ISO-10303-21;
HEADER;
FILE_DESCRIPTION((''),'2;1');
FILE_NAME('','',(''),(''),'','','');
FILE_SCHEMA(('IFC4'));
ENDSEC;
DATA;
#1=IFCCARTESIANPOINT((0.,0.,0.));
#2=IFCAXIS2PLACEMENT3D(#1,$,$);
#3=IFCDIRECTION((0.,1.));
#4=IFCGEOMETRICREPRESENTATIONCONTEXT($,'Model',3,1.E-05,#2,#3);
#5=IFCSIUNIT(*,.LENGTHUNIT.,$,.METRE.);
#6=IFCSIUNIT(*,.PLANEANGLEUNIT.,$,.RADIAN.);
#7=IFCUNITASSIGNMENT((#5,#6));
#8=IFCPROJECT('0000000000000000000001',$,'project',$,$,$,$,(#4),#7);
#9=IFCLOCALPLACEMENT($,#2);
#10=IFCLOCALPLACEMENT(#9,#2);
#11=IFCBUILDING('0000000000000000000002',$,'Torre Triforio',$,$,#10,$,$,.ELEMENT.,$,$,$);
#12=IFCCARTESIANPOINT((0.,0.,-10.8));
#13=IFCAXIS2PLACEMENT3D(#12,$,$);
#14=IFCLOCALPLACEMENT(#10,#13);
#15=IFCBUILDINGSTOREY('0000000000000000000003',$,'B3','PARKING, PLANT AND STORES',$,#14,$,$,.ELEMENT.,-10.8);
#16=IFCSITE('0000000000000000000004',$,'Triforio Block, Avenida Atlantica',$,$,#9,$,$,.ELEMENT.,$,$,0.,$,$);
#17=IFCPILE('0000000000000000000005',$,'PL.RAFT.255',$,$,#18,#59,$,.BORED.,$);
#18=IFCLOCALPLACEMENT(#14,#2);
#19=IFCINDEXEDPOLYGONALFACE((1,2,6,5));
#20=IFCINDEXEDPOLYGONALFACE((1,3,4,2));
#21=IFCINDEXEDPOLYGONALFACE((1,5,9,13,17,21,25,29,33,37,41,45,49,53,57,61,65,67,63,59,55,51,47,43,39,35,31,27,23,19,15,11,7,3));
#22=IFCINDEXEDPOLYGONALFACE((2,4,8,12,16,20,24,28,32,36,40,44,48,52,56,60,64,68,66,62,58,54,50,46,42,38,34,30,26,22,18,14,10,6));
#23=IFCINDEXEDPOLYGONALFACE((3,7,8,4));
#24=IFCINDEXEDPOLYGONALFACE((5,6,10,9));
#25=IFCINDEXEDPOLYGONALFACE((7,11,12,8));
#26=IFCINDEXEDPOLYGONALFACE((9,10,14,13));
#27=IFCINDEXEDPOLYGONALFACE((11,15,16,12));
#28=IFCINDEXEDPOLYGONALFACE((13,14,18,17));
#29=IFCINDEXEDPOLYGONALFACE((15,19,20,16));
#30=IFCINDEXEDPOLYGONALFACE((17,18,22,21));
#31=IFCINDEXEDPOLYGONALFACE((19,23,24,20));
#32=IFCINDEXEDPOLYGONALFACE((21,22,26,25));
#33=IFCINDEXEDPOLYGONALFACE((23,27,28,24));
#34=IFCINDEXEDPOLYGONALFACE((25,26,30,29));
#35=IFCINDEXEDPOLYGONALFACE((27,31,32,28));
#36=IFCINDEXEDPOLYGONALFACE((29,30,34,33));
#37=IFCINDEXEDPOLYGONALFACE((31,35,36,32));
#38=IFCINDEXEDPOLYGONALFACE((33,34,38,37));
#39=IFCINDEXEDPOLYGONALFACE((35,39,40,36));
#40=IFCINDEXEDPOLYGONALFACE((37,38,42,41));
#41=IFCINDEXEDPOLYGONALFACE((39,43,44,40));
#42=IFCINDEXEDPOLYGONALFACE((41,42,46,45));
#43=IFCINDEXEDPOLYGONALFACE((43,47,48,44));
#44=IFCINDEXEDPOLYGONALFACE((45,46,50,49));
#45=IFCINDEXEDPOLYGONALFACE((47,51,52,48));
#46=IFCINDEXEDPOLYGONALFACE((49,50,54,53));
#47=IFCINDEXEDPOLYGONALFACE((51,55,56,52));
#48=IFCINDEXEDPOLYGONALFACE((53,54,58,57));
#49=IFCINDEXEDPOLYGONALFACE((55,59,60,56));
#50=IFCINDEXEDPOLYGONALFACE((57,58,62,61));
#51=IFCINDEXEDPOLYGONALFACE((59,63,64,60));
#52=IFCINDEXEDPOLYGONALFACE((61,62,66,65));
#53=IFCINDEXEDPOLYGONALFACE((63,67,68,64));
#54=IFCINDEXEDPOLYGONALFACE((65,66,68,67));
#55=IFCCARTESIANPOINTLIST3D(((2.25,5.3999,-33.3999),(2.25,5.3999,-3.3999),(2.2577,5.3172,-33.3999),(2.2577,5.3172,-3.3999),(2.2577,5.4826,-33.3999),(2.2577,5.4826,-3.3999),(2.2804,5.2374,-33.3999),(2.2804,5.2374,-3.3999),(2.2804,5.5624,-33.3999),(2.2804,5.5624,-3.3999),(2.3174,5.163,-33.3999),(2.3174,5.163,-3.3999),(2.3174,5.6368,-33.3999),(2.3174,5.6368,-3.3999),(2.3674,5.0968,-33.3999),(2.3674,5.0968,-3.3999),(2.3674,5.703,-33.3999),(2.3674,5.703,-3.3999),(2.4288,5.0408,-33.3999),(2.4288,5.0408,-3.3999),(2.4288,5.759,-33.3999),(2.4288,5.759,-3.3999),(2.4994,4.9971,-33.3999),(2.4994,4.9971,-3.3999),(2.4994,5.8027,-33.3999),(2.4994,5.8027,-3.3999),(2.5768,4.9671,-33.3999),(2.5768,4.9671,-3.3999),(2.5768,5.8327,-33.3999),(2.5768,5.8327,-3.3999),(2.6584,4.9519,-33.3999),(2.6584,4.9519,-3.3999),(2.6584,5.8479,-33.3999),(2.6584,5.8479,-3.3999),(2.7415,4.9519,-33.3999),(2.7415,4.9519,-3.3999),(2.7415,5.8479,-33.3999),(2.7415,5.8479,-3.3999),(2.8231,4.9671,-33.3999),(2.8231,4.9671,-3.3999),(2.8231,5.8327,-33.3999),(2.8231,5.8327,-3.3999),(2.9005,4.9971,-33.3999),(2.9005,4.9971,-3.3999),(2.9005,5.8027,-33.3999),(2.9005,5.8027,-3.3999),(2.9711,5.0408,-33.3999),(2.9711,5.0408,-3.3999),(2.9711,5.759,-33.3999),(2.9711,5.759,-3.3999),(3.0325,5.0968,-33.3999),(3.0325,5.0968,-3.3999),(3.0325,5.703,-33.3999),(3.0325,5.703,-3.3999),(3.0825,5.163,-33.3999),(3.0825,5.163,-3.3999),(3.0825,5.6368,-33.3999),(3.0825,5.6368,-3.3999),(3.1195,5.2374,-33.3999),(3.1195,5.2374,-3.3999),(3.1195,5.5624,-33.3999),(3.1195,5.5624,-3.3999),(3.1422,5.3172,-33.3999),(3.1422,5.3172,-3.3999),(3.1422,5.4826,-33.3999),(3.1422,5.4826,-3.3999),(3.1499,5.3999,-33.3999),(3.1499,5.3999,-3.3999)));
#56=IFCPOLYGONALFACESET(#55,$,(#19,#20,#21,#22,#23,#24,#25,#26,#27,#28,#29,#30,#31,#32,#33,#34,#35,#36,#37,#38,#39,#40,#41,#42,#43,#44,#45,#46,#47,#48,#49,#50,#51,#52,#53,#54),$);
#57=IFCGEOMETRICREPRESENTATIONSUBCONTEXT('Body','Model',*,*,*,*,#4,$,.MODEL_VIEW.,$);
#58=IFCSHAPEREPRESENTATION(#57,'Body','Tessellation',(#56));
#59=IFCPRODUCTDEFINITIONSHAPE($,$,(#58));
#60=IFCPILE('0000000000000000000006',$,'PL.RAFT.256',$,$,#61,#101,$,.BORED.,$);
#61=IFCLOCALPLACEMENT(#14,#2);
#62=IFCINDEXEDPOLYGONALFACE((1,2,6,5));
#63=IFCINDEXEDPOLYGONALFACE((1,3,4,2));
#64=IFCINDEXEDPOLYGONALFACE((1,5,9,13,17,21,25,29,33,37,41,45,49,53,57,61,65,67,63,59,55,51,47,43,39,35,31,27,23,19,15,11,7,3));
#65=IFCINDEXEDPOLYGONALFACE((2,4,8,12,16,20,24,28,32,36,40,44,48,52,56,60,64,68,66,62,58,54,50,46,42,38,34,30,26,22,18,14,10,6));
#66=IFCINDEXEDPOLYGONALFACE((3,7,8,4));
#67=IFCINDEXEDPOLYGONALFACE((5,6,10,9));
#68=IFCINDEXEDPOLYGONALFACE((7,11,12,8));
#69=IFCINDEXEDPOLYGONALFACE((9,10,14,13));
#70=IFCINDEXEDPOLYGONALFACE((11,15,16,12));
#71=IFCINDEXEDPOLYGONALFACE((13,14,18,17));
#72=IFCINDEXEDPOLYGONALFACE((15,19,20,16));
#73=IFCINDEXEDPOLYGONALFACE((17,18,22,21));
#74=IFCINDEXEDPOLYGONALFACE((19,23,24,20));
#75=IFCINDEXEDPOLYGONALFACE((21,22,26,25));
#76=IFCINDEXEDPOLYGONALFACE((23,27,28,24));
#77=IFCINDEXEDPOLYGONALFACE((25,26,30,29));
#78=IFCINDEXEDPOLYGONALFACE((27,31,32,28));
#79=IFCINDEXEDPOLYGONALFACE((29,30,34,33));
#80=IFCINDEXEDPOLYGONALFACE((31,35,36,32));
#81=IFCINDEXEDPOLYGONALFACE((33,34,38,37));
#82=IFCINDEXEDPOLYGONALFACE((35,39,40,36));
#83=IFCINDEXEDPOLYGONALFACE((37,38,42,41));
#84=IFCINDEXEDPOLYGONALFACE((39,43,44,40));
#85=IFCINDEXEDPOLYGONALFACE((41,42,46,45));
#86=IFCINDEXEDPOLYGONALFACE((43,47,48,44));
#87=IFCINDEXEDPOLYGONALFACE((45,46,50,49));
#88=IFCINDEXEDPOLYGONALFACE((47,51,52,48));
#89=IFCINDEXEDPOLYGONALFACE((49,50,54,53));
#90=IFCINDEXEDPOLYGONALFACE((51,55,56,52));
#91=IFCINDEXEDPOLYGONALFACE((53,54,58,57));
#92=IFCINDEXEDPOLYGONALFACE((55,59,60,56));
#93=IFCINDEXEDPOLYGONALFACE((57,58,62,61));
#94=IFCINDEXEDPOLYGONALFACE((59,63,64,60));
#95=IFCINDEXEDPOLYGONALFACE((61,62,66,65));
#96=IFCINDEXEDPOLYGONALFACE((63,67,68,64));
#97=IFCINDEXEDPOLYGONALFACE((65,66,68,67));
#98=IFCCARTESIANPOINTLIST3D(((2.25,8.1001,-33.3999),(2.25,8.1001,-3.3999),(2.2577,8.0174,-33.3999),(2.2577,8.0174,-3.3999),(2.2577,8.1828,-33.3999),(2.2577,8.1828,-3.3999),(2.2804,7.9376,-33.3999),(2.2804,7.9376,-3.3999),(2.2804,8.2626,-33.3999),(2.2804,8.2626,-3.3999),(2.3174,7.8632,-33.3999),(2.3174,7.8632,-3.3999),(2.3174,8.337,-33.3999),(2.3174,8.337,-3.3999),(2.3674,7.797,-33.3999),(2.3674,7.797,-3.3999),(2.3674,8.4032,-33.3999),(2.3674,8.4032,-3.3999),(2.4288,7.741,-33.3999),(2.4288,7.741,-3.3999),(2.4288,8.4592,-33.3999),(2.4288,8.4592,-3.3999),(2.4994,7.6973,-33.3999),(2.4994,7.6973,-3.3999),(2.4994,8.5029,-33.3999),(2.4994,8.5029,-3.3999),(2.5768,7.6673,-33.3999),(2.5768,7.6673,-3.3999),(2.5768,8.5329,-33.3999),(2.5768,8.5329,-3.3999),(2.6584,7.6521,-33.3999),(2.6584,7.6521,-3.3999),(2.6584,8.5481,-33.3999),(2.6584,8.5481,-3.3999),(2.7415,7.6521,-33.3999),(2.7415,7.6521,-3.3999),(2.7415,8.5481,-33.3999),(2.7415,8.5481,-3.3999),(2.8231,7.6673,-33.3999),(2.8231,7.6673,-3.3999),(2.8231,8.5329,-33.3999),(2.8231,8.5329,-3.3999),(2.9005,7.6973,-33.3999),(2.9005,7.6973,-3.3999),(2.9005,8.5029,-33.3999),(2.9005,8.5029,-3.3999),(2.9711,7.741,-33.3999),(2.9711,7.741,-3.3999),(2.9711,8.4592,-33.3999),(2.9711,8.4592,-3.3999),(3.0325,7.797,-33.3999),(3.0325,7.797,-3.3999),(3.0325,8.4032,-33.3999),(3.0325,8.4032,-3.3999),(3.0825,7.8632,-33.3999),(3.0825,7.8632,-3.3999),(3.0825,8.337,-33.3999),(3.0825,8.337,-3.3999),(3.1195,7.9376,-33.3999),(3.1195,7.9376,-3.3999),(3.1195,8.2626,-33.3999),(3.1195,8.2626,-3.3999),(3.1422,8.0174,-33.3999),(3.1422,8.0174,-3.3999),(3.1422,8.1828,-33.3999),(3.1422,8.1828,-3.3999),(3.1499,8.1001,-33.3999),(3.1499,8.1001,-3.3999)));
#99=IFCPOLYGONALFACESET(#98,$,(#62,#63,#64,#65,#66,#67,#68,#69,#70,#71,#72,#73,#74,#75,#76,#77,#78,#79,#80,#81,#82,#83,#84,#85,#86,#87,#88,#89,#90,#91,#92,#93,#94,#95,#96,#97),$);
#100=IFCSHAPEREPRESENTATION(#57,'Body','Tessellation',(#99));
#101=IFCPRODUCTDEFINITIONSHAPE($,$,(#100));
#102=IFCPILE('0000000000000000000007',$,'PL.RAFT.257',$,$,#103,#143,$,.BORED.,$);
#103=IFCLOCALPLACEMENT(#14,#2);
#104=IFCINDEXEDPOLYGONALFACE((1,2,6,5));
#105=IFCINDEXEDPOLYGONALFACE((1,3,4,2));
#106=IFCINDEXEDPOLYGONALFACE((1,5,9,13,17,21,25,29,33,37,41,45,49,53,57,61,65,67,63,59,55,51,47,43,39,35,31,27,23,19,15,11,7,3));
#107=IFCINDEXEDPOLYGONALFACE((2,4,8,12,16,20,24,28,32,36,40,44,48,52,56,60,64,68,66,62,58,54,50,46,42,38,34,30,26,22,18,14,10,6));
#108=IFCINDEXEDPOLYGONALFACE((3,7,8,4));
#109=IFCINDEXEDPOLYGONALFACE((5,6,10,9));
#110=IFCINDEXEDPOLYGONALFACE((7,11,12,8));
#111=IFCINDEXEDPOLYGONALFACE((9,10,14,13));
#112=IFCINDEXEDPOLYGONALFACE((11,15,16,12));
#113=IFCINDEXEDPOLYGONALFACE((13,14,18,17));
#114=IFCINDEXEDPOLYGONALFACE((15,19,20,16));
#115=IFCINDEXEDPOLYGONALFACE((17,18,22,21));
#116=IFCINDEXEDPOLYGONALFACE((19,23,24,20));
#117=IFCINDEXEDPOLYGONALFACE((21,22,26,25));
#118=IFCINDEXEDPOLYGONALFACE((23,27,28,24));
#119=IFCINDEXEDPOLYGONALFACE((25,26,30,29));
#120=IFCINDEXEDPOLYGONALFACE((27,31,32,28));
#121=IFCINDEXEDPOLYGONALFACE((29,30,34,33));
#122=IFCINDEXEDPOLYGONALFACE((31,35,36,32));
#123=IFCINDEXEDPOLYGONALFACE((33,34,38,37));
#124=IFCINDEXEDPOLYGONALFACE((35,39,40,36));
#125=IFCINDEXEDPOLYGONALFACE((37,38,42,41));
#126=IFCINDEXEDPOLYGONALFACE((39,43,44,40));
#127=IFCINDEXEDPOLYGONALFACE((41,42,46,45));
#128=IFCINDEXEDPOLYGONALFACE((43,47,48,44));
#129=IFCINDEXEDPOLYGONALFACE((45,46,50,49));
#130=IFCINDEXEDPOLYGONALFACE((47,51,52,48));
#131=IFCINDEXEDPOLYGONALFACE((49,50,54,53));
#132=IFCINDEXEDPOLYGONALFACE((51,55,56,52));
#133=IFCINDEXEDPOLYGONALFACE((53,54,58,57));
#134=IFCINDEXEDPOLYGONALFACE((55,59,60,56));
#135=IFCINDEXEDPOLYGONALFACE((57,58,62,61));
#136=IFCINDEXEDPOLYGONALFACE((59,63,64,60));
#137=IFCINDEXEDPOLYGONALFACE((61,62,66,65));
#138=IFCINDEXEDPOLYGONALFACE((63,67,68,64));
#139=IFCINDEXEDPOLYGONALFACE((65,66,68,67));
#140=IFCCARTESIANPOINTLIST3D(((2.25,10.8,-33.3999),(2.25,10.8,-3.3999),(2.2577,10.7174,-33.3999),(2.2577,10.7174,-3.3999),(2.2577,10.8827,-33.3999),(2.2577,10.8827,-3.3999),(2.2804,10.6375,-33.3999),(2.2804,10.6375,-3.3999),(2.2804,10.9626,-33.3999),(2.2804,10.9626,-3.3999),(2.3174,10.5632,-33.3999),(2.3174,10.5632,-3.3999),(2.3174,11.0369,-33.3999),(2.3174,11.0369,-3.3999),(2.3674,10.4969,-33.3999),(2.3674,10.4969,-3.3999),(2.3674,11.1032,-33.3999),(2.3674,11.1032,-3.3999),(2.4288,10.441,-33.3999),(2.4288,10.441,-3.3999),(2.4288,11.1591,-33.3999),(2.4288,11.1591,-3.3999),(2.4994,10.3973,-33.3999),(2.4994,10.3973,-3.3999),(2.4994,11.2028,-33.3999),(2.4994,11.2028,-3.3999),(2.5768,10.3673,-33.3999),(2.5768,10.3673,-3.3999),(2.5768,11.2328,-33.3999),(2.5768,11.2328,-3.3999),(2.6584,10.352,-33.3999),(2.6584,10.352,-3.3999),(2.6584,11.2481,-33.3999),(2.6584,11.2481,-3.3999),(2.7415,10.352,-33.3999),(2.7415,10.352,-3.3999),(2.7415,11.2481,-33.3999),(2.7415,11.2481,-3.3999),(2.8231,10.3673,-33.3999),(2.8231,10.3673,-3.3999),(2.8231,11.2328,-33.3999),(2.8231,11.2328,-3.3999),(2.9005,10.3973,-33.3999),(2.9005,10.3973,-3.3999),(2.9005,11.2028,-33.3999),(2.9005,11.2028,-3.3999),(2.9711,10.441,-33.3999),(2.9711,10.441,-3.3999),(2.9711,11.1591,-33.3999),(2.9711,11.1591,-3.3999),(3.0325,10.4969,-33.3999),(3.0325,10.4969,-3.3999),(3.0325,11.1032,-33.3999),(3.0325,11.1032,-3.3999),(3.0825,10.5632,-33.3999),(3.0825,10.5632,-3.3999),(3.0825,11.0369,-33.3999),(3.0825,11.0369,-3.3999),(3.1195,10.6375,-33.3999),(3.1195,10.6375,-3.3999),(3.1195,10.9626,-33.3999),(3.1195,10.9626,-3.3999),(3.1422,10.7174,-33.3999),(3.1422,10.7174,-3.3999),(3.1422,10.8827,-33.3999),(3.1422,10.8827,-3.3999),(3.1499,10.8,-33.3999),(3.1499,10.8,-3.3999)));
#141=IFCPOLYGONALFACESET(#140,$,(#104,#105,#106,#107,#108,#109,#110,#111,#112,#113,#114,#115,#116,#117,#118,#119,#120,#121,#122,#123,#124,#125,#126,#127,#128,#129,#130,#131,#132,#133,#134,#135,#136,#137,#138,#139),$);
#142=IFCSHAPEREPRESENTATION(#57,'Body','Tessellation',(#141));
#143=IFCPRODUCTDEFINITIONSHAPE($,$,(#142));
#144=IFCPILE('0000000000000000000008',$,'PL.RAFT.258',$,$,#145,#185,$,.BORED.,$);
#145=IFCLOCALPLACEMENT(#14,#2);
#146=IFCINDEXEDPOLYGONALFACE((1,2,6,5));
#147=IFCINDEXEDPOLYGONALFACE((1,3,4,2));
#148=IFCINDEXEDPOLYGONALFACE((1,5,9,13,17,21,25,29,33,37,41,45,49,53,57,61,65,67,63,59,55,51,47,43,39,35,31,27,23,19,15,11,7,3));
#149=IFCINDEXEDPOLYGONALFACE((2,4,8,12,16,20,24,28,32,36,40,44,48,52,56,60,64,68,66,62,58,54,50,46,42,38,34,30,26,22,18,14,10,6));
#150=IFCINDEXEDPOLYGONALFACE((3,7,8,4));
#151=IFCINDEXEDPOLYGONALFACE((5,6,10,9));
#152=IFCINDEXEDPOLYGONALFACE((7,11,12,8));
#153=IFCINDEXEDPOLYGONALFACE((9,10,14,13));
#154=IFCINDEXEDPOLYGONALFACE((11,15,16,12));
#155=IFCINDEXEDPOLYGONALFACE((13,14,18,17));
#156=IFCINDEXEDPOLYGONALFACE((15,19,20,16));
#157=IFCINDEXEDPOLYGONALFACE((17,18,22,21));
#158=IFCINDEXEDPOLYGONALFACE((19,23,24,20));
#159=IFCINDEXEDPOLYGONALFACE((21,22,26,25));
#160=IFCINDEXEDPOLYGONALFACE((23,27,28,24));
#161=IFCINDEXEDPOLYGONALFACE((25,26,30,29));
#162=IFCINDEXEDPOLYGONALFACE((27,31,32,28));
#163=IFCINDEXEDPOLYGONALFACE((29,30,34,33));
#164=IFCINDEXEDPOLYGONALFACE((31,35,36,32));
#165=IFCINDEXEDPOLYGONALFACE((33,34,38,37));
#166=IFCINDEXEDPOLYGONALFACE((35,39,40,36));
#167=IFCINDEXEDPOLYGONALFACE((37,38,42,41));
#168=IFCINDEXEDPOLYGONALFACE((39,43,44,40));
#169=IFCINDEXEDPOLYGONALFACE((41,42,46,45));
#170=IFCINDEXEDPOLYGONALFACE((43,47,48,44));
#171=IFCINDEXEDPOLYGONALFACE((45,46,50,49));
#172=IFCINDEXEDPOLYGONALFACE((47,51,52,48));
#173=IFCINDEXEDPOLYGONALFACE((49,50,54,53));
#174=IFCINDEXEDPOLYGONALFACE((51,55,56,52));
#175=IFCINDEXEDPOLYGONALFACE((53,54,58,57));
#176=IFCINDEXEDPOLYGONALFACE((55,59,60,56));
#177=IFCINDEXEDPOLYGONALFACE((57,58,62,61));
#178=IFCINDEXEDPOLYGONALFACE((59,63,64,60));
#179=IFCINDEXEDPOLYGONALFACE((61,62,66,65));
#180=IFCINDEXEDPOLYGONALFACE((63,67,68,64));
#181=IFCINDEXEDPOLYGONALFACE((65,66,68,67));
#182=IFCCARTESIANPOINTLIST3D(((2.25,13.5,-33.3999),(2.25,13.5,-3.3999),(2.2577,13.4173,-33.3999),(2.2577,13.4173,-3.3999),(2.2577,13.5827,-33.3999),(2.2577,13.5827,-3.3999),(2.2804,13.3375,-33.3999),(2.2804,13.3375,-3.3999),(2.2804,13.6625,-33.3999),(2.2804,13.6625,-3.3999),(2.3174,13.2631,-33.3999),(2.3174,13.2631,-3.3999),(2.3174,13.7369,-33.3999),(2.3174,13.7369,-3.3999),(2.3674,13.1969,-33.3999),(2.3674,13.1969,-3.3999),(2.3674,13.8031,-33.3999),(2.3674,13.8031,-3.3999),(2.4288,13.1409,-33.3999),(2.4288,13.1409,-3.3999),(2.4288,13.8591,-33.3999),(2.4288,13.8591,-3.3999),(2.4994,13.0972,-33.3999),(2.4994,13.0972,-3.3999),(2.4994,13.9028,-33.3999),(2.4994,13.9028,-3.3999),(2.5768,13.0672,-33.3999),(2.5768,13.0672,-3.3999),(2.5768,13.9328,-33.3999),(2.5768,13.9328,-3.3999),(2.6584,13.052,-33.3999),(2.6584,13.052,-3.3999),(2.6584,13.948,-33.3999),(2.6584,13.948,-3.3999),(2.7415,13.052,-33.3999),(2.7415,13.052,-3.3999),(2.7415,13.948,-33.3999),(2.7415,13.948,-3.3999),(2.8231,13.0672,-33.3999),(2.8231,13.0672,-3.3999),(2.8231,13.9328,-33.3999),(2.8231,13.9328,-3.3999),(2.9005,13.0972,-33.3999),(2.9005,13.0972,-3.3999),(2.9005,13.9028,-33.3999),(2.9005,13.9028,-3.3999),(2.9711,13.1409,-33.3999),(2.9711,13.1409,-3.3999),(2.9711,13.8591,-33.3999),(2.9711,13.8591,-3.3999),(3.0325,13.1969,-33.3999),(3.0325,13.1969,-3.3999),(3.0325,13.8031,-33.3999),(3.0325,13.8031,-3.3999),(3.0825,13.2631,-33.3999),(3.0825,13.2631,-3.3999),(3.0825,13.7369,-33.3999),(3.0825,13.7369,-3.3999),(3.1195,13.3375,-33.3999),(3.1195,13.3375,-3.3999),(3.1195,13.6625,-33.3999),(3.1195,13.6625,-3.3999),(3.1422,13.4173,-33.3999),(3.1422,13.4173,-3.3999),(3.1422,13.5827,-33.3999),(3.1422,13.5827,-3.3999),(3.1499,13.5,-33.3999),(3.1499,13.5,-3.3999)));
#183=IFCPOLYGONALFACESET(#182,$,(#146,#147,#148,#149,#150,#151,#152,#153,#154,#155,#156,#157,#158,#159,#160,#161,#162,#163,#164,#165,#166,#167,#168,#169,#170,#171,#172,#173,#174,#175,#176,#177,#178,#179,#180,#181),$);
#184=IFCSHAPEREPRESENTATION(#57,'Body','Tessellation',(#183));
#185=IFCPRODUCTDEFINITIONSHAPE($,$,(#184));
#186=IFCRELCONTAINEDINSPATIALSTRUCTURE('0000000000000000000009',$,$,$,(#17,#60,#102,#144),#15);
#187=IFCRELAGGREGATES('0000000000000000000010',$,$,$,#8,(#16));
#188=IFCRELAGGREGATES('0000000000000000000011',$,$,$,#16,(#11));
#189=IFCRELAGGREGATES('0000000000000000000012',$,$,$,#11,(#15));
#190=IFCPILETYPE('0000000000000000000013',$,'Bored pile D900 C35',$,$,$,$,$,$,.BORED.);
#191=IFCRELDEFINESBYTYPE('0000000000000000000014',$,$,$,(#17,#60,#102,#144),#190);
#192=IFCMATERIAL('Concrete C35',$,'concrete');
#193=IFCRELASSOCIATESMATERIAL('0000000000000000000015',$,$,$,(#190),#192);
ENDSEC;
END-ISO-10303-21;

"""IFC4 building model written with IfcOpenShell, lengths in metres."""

from ifc_helpers import new_model, si_unit, direction, frame, origin, origin_2d, place, context, subcontext, project, spatial, circle, extrude, material, material_profile, profile_set, type_object, element, save


model = new_model("IFC4")

# Units and contexts
model_context = context("Model", 3, precision=1e-05, world=origin(), true_north=direction((0.0, 1.0)))
body_context = subcontext(model_context, "Body", "Model", "MODEL_VIEW")
ifc_project = project(units=[si_unit("LENGTHUNIT", "METRE"), si_unit("PLANEANGLEUNIT", "RADIAN")], contexts=[model_context])

# Site, building, storey
site_placement = place(None, origin())
site = spatial("IfcSite", under=ifc_project, at=site_placement, Name="Triforio Block, Avenida Atlantica", CompositionType="ELEMENT", RefElevation=0.0)
building_placement = place(site_placement, origin())
building = spatial("IfcBuilding", under=site, at=building_placement, Name="Torre Triforio", CompositionType="ELEMENT")
storey_placement = place(building_placement, frame((0.0, 0.0, -10.8)))
storey = spatial("IfcBuildingStorey", under=building, at=storey_placement, Name="B3", Description="PARKING, PLANT AND STORES", CompositionType="ELEMENT", Elevation=-10.8)

# Piles
ifc_material_1 = material(Name="Concrete C35", Category="concrete")
ifc_material_profile = material_profile(ifc_material_1, circle(Radius=0.45, at=origin_2d()), Name="RC D900")
ifc_profile_set = profile_set([ifc_material_profile], Name="Concrete C35")
pile_type = type_object("IfcPileType", Name="Bored pile D900 C35", PredefinedType="BORED", material=ifc_profile_set)
for number, where, z_axis, x_axis, name in (
    (1, (2.7, 5.3999, -3.3999), (0.0, 0.0, -1.0), (1.0, 0.0, 0.0), "PL.RAFT.255"),
    (2, (2.7, 8.1001, -3.3999), (0.0, 0.0, -1.0), (1.0, 0.0, 0.0), "PL.RAFT.256"),
    (3, (2.7, 10.8, -3.3999), (0.0, 0.0, -1.0), (1.0, 0.0, 0.0), "PL.RAFT.257"),
    (4, (2.7, 13.5, -3.3999), (0.0, 0.0, -1.0), (1.0, 0.0, 0.0), "PL.RAFT.258"),
):
    element("IfcPile", number, at=place(storey_placement, frame(where, z_axis=z_axis, x_axis=x_axis)), inside=storey, type_object=pile_type, Name=name, PredefinedType="BORED", context=body_context, shape_type="SweptSolid", body=[
        extrude(circle(Radius=0.45, at=origin_2d()), origin(), (0.0, 0.0, 1.0), 30.0),
    ])

save(model, "model.ifc")
